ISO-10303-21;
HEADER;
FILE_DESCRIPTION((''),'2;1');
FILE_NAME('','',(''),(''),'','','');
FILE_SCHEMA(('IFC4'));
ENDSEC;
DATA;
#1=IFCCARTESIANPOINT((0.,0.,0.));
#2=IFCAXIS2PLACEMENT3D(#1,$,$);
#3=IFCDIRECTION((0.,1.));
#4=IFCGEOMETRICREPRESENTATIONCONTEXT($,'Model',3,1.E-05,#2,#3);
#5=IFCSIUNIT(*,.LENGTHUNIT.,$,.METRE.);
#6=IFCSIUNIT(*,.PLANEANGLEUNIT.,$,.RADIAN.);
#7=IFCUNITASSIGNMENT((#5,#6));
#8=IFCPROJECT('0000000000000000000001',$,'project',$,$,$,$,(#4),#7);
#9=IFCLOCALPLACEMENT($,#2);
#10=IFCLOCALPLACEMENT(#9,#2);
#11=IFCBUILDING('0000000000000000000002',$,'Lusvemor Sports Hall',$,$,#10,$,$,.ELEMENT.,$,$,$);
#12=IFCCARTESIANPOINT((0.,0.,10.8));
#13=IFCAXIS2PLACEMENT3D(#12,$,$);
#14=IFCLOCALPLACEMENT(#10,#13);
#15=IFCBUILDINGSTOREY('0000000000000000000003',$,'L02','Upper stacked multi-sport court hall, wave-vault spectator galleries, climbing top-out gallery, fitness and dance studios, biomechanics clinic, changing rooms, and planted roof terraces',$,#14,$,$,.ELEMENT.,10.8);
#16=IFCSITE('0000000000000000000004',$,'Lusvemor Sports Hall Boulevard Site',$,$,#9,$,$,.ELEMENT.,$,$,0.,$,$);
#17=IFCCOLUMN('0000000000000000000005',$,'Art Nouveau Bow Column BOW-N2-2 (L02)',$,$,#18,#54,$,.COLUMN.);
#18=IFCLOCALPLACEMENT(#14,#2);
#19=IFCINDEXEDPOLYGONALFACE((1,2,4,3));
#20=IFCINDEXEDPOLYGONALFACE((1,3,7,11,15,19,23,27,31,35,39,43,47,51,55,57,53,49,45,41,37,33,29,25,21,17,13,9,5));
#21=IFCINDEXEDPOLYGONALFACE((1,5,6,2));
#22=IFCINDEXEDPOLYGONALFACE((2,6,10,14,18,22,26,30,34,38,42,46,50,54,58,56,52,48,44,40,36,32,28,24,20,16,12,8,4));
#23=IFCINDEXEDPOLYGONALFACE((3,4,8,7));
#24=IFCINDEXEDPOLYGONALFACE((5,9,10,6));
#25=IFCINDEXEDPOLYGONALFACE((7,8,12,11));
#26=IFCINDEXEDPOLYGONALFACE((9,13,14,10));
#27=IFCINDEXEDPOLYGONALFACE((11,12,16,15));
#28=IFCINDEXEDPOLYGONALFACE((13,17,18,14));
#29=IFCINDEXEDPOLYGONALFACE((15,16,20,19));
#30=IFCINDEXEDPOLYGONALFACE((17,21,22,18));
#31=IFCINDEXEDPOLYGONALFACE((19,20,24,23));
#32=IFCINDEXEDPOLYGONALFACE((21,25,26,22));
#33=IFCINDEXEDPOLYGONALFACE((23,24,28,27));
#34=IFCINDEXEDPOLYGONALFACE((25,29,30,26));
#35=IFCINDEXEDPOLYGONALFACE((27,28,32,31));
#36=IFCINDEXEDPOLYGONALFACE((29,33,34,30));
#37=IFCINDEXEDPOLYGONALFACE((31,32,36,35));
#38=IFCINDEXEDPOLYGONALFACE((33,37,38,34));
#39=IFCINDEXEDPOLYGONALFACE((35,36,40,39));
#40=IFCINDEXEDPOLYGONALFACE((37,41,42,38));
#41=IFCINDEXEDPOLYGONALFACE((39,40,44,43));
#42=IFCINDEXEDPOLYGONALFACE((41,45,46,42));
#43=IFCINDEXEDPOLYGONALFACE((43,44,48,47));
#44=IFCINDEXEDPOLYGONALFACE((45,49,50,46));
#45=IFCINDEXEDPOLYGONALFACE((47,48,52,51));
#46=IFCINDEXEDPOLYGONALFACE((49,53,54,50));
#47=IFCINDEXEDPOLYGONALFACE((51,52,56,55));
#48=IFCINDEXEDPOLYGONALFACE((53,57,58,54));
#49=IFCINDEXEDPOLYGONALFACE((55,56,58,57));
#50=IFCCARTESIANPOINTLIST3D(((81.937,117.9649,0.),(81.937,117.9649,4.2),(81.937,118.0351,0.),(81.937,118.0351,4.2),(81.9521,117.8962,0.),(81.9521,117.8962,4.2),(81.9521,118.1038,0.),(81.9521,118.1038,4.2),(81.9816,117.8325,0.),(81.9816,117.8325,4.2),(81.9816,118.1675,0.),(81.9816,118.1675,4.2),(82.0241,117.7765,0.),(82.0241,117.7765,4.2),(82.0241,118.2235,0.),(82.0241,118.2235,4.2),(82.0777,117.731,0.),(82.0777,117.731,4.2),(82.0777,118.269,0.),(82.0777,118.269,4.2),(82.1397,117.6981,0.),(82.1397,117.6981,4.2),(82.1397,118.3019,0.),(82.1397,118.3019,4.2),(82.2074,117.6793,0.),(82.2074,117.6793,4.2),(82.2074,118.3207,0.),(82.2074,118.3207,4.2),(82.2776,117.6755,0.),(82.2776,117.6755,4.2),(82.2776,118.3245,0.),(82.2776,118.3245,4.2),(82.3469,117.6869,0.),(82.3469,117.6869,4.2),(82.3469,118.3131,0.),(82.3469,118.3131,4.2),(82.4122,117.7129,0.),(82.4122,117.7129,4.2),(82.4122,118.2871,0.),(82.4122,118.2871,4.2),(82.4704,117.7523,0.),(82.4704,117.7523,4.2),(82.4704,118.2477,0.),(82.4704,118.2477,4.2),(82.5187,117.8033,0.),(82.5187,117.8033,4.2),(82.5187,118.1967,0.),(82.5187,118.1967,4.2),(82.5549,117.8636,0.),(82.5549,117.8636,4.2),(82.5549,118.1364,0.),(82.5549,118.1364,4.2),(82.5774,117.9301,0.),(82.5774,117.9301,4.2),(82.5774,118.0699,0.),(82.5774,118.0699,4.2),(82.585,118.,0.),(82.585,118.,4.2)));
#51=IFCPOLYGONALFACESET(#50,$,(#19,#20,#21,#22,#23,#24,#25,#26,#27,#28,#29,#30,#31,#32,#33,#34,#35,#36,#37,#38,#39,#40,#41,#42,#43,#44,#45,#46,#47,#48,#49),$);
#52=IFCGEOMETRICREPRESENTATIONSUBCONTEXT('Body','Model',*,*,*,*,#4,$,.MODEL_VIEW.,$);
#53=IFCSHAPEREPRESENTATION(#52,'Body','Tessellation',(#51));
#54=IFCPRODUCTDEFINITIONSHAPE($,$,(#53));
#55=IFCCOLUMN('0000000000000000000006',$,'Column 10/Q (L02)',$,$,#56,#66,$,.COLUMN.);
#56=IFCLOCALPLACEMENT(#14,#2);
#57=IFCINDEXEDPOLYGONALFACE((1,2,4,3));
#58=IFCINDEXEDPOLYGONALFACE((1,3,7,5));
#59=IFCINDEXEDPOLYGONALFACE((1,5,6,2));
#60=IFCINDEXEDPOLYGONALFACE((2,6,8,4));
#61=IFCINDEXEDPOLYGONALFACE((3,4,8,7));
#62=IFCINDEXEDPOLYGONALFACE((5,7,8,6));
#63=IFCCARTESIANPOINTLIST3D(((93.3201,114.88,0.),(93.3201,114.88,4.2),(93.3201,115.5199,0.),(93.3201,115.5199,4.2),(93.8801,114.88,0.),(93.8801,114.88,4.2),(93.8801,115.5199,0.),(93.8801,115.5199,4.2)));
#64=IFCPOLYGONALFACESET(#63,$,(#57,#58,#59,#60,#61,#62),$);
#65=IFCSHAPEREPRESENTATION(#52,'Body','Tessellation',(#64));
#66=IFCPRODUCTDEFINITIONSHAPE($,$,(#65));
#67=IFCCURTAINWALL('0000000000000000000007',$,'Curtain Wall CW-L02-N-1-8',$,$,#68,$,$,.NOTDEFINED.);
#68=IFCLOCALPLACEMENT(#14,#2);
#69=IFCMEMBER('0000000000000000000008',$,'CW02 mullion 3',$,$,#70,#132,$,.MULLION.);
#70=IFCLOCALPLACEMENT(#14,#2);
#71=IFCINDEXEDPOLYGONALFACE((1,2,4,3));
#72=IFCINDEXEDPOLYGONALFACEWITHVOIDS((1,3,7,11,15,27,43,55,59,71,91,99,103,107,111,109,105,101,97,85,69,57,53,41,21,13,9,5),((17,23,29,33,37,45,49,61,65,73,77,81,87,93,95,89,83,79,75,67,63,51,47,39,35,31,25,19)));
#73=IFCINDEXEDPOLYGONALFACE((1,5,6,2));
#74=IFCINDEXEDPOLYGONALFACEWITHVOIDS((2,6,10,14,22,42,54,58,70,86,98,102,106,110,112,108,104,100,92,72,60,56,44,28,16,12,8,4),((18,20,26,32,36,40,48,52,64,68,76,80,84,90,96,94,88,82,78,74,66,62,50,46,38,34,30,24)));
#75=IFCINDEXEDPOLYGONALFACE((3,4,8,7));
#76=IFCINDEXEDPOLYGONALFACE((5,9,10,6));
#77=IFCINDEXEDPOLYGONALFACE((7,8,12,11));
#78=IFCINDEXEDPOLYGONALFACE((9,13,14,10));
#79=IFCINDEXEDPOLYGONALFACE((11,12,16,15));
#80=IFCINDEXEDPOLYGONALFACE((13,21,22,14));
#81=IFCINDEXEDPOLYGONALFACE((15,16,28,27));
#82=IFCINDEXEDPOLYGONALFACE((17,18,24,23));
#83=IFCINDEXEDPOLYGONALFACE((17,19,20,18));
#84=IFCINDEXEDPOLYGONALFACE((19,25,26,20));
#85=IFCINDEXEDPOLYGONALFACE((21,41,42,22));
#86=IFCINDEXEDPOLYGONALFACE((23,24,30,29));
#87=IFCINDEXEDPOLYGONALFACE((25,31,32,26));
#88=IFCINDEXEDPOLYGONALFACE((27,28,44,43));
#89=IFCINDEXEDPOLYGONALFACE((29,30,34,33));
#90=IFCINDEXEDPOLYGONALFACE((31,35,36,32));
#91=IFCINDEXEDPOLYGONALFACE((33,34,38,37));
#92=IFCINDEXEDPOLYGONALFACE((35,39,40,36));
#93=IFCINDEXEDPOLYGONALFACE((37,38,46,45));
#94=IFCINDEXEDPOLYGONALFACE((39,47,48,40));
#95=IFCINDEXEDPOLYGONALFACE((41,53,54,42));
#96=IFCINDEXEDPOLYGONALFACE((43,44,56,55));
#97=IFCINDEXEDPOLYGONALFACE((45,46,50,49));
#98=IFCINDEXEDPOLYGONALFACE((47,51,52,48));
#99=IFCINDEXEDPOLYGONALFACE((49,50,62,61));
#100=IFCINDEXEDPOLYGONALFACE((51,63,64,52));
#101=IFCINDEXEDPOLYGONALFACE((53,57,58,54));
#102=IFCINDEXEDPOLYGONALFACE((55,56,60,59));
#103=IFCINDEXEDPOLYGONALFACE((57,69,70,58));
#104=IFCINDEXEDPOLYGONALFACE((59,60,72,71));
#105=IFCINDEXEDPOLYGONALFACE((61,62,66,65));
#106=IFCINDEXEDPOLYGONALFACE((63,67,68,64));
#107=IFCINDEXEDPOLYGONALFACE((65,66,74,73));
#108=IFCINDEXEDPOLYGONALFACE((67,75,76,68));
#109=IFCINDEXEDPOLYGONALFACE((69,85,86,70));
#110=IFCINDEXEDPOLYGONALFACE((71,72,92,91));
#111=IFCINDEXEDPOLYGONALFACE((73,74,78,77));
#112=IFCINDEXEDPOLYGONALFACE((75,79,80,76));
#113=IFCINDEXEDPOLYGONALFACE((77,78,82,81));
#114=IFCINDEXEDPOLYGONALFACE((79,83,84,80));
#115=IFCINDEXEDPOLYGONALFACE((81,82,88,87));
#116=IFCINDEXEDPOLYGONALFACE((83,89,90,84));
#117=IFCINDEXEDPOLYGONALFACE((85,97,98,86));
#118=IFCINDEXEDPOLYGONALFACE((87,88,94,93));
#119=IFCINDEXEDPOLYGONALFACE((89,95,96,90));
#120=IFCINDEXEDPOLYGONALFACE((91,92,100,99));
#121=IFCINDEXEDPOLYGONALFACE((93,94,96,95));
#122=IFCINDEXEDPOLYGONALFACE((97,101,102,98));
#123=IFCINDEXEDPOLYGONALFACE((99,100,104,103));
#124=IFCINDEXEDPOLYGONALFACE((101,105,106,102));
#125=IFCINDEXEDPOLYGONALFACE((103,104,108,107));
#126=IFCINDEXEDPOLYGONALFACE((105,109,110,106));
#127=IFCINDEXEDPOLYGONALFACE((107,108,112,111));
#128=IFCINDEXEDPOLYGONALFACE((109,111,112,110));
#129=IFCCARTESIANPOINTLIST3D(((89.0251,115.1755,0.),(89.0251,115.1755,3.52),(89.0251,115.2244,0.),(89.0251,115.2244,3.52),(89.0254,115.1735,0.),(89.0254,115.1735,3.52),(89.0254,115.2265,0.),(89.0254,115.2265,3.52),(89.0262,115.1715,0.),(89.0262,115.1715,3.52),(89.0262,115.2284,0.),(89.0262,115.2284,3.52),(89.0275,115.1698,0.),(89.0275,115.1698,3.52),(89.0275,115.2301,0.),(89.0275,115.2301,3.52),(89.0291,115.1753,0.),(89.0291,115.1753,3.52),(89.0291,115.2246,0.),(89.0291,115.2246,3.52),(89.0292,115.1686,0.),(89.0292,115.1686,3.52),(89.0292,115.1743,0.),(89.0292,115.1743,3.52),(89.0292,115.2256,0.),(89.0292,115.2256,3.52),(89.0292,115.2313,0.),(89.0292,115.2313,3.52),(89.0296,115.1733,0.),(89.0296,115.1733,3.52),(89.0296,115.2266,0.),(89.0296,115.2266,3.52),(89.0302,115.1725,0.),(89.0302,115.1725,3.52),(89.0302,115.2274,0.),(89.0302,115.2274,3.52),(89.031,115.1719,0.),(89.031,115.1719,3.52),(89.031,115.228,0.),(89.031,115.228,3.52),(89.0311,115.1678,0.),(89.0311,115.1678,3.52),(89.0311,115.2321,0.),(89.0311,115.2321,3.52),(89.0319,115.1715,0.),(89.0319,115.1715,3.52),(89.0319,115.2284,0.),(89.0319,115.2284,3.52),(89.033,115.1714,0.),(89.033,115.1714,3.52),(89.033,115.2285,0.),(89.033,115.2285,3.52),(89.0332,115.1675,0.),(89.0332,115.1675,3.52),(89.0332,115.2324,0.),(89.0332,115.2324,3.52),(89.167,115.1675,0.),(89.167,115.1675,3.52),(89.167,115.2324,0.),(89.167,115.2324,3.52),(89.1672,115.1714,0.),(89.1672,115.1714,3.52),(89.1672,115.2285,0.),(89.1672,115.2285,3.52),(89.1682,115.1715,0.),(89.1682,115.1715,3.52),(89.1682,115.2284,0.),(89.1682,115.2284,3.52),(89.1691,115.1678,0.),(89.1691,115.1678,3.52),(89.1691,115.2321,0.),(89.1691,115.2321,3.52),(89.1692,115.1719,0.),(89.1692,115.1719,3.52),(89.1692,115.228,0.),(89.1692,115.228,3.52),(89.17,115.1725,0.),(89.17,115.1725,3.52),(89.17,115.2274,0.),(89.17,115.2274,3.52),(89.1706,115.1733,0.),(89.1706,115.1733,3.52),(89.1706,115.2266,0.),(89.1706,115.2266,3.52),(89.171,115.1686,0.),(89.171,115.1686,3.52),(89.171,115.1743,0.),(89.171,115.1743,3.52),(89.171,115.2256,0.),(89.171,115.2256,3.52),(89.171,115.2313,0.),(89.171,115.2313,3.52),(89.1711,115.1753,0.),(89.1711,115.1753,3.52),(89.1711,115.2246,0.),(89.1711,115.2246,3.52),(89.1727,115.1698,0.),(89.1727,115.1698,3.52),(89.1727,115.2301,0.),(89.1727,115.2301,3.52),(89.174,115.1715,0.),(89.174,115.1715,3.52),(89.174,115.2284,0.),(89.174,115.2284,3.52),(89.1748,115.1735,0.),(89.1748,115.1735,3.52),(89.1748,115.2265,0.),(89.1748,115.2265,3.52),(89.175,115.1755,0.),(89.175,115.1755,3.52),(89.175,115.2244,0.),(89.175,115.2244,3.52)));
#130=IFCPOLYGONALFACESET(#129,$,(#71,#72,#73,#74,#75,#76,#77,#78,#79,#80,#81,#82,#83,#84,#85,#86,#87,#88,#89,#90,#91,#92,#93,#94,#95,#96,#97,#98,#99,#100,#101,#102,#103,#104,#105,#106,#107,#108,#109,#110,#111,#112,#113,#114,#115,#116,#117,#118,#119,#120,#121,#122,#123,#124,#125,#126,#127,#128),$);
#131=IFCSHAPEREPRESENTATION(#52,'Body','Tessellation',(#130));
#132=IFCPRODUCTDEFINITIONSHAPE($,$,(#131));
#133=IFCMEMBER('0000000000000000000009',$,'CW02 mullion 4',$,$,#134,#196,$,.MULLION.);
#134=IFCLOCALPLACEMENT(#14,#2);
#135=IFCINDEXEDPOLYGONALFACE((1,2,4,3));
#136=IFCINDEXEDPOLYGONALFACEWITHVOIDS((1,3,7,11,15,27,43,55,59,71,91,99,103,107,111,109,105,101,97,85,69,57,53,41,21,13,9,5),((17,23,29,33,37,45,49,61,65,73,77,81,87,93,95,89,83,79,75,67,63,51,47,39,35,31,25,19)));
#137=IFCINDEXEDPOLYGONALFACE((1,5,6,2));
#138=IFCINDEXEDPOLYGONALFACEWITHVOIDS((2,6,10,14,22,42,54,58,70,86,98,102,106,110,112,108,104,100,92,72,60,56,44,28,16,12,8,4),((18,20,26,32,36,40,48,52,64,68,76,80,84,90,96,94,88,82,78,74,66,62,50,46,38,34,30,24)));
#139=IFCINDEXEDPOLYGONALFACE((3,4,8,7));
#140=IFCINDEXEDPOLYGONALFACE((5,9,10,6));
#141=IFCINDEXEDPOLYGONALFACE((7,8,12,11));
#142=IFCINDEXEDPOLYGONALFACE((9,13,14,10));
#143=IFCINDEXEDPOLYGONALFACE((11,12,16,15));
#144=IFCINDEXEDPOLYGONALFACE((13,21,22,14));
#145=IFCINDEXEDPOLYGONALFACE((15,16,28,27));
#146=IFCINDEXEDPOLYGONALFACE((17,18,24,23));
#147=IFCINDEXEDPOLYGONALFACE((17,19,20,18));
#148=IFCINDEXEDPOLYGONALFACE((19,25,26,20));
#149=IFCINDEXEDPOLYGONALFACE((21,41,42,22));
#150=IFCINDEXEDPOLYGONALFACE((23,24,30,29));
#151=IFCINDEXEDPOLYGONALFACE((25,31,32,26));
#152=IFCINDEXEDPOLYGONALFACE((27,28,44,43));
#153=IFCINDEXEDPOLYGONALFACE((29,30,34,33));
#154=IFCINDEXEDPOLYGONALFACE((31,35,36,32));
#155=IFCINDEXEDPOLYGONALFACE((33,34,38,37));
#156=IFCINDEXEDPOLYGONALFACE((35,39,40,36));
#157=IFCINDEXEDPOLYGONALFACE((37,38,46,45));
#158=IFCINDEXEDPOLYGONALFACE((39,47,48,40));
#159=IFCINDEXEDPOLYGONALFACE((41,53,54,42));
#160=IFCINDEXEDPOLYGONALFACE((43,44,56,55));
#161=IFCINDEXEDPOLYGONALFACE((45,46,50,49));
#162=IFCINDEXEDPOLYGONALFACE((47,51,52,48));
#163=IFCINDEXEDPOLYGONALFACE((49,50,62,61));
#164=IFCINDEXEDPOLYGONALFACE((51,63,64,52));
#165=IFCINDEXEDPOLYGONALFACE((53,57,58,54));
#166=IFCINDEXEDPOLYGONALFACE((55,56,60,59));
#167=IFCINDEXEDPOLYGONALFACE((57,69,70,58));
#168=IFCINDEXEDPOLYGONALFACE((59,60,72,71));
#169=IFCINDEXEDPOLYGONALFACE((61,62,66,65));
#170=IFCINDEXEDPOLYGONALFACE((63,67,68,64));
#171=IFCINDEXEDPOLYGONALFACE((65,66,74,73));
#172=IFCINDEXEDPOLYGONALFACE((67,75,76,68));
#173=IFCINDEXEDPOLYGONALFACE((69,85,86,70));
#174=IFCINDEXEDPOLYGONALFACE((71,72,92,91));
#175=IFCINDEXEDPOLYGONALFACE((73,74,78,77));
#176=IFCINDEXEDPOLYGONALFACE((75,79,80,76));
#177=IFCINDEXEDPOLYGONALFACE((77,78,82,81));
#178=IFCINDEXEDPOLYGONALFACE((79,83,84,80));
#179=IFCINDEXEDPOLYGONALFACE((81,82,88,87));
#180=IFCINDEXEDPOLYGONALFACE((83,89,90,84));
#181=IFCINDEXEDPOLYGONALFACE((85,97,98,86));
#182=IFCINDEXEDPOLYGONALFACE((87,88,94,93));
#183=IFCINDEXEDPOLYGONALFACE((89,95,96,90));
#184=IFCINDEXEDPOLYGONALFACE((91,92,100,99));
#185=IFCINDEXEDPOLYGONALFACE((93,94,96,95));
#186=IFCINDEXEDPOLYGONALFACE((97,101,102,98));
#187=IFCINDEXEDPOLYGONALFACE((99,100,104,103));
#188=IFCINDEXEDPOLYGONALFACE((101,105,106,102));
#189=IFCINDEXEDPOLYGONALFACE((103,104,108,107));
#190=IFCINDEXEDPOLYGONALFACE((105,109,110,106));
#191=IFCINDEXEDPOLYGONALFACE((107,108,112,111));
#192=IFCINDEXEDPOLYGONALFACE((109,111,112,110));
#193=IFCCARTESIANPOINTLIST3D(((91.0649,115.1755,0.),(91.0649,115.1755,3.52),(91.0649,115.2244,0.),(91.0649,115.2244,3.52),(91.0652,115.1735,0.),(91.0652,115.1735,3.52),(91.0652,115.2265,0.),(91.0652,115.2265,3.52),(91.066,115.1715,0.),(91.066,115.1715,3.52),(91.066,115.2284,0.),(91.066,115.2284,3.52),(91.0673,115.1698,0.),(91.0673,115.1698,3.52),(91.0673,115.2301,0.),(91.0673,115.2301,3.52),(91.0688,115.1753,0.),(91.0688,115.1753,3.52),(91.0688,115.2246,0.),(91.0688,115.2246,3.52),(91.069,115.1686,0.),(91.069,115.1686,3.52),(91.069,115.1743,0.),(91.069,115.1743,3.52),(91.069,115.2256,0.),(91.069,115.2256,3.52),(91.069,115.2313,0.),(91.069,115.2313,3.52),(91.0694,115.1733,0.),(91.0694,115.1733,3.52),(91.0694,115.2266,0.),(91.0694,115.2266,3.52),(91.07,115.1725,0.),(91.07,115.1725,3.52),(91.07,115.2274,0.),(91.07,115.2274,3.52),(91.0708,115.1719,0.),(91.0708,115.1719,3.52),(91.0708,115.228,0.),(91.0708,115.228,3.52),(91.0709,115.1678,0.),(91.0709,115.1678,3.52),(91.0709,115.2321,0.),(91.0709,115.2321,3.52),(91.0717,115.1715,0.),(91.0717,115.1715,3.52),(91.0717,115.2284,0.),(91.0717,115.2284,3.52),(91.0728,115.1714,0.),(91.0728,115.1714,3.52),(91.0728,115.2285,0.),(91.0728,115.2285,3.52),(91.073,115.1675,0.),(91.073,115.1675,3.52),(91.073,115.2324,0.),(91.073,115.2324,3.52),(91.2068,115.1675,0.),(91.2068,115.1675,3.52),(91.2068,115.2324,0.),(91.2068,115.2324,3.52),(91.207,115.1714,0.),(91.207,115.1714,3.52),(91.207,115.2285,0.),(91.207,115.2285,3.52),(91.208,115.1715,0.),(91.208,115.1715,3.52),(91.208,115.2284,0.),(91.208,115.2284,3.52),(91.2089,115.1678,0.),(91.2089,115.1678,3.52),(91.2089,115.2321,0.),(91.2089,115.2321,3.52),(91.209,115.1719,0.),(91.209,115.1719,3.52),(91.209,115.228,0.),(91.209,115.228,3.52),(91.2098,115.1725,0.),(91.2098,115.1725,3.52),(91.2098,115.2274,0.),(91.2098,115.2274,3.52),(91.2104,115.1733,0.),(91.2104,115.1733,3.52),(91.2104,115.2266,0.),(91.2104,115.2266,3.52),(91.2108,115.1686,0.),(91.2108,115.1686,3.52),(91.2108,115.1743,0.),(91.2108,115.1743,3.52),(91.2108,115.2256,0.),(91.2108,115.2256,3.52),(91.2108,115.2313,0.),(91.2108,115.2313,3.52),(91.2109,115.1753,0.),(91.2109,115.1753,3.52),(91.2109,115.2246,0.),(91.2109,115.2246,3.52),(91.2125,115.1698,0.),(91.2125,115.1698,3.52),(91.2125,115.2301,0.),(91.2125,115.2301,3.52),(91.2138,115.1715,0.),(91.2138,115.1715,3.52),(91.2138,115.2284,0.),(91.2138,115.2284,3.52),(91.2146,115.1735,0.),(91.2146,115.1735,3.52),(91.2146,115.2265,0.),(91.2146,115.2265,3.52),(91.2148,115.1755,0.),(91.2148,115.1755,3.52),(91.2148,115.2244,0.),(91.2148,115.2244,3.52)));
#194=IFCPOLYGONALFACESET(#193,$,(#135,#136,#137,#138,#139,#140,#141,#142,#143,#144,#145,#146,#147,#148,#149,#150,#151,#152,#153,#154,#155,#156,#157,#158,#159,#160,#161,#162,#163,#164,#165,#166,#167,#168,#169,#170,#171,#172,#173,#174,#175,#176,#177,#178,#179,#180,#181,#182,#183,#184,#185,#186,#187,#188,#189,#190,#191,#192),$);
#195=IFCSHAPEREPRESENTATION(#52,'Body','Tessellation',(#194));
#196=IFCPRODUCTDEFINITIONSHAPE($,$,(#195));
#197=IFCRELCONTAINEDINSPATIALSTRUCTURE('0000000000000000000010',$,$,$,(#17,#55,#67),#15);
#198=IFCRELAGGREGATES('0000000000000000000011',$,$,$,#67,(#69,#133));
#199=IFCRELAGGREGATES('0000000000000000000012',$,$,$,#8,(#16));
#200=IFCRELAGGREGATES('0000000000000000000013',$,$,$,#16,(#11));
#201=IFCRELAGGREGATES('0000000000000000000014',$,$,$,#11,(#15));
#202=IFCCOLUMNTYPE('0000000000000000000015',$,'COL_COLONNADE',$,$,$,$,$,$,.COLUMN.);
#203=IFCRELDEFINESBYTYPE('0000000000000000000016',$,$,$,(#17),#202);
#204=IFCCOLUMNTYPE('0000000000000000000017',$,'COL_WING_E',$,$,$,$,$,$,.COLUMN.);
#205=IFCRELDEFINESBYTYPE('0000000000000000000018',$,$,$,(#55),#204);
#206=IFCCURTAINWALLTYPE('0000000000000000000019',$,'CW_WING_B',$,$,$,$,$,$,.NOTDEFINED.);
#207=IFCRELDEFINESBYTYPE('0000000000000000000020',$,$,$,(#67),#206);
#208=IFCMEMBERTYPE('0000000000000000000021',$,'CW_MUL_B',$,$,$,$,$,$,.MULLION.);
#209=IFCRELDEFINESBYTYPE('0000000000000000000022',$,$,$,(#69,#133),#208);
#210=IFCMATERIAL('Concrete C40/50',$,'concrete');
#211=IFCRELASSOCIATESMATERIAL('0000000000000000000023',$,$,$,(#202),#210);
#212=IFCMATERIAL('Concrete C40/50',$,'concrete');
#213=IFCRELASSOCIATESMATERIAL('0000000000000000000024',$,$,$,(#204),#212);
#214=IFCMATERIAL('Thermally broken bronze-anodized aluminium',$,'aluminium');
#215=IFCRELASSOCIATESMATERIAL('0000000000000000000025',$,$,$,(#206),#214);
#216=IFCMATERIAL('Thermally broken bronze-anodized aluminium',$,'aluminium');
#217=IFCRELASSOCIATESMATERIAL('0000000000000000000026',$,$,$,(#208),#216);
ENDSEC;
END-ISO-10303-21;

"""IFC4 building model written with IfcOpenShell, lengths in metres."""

from ifc_helpers import new_model, si_unit, direction, frame, origin, origin_2d, place, context, subcontext, project, spatial, rectangle, hollow_rectangle, circle, extrude, material, material_profile, profile_set, type_object, element, aggregate, save


model = new_model("IFC4")

# Units and contexts
model_context = context("Model", 3, precision=1e-05, world=origin(), true_north=direction((0.0, 1.0)))
body_context = subcontext(model_context, "Body", "Model", "MODEL_VIEW")
ifc_project = project(units=[si_unit("LENGTHUNIT", "METRE"), si_unit("PLANEANGLEUNIT", "RADIAN")], contexts=[model_context])

# Site, building, storey
site_placement = place(None, origin())
site = spatial("IfcSite", under=ifc_project, at=site_placement, Name="Lusvemor Sports Hall Boulevard Site", CompositionType="ELEMENT", RefElevation=0.0)
building_placement = place(site_placement, origin())
building = spatial("IfcBuilding", under=site, at=building_placement, Name="Lusvemor Sports Hall", CompositionType="ELEMENT")
storey_placement = place(building_placement, frame((0.0, 0.0, 10.8)))
storey = spatial("IfcBuildingStorey", under=building, at=storey_placement, Name="L02", Description="Upper stacked multi-sport court hall, wave-vault spectator galleries, climbing top-out gallery, fitness and dance studios, biomechanics clinic, changing rooms, and planted roof terraces", CompositionType="ELEMENT", Elevation=10.8)

# Columns
ifc_material_1 = material(Name="Concrete C40/50", Category="concrete")
ifc_material_profile_1 = material_profile(ifc_material_1, circle(Radius=0.325, at=origin_2d()), Name="RCCIRC650")
ifc_profile_set_1 = profile_set([ifc_material_profile_1], Name="Concrete C40/50")
column_type_1 = type_object("IfcColumnType", Name="COL_COLONNADE", PredefinedType="COLUMN", material=ifc_profile_set_1)
column_1_placement = place(storey_placement, frame((82.26, 118.0, 0.0), z_axis=(0.0, 0.0, 1.0), x_axis=(1.0, 0.0, 0.0)))
element("IfcColumn", 1, at=column_1_placement, inside=storey, type_object=column_type_1, Name="Art Nouveau Bow Column BOW-N2-2 (L02)", PredefinedType="COLUMN", context=body_context, shape_type="SweptSolid", body=[
    extrude(circle(Radius=0.325, at=origin_2d()), origin(), (0.0, 0.0, 1.0), 4.2),
])
ifc_material_2 = material(Name="Concrete C40/50", Category="concrete")
ifc_material_profile_2 = material_profile(ifc_material_2, rectangle(XDim=0.5601, YDim=0.6399, at=origin_2d()), Name="RC560x640")
ifc_profile_set_2 = profile_set([ifc_material_profile_2], Name="Concrete C40/50")
column_type_2 = type_object("IfcColumnType", Name="COL_WING_E", PredefinedType="COLUMN", material=ifc_profile_set_2)
column_2_placement = place(storey_placement, frame((93.6001, 115.2, 0.0), z_axis=(0.0, 0.0, 1.0), x_axis=(1.0, 0.0, 0.0)))
element("IfcColumn", 2, at=column_2_placement, inside=storey, type_object=column_type_2, Name="Column 10/Q (L02)", PredefinedType="COLUMN", context=body_context, shape_type="SweptSolid", body=[
    extrude(rectangle(XDim=0.5601, YDim=0.6399, at=origin_2d()), origin(), (0.0, 0.0, 1.0), 4.2),
])

# Curtain wall, members
ifc_material_3 = material(Name="Thermally broken bronze-anodized aluminium", Category="aluminium")
curtain_wall_type = type_object("IfcCurtainWallType", Name="CW_WING_B", PredefinedType="NOTDEFINED", material=ifc_material_3)
curtain_wall_placement = place(storey_placement, origin())
curtain_wall = element("IfcCurtainWall", 3, at=curtain_wall_placement, inside=storey, type_object=curtain_wall_type, Name="Curtain Wall CW-L02-N-1-8", PredefinedType="NOTDEFINED")
ifc_material_4 = material(Name="Thermally broken bronze-anodized aluminium", Category="aluminium")
ifc_material_profile_3 = material_profile(ifc_material_4, hollow_rectangle(XDim=0.0649, YDim=0.1499, WallThickness=0.0039, InnerFilletRadius=0.0039, OuterFilletRadius=0.0081, at=origin_2d()), Name="CWMUL150x65x4")
ifc_profile_set_3 = profile_set([ifc_material_profile_3], Name="Thermally broken bronze-anodized aluminium")
member_type_1 = type_object("IfcMemberType", Name="CW_MUL_B", PredefinedType="MULLION", material=ifc_profile_set_3)
member_1_placement = place(storey_placement, frame((89.1001, 115.2, 0.0), z_axis=(0.0, 0.0, 1.0), x_axis=(0.0, 1.0, 0.0)))
member_1 = element("IfcMember", 4, at=member_1_placement, type_object=member_type_1, Name="CW02 mullion 3", PredefinedType="MULLION", context=body_context, shape_type="SweptSolid", body=[
    extrude(hollow_rectangle(XDim=0.0649, YDim=0.1499, WallThickness=0.0039, InnerFilletRadius=0.0039, OuterFilletRadius=0.0081, at=origin_2d()), origin(), (0.0, 0.0, 1.0), 3.52),
])
member_2_placement = place(storey_placement, frame((91.1399, 115.2, 0.0), z_axis=(0.0, 0.0, 1.0), x_axis=(0.0, 1.0, 0.0)))
member_2 = element("IfcMember", 5, at=member_2_placement, type_object=member_type_1, Name="CW02 mullion 4", PredefinedType="MULLION", context=body_context, shape_type="SweptSolid", body=[
    extrude(hollow_rectangle(XDim=0.0649, YDim=0.1499, WallThickness=0.0039, InnerFilletRadius=0.0039, OuterFilletRadius=0.0081, at=origin_2d()), origin(), (0.0, 0.0, 1.0), 3.52),
])

aggregate(curtain_wall, [member_1, member_2])

save(model, "model.ifc")
